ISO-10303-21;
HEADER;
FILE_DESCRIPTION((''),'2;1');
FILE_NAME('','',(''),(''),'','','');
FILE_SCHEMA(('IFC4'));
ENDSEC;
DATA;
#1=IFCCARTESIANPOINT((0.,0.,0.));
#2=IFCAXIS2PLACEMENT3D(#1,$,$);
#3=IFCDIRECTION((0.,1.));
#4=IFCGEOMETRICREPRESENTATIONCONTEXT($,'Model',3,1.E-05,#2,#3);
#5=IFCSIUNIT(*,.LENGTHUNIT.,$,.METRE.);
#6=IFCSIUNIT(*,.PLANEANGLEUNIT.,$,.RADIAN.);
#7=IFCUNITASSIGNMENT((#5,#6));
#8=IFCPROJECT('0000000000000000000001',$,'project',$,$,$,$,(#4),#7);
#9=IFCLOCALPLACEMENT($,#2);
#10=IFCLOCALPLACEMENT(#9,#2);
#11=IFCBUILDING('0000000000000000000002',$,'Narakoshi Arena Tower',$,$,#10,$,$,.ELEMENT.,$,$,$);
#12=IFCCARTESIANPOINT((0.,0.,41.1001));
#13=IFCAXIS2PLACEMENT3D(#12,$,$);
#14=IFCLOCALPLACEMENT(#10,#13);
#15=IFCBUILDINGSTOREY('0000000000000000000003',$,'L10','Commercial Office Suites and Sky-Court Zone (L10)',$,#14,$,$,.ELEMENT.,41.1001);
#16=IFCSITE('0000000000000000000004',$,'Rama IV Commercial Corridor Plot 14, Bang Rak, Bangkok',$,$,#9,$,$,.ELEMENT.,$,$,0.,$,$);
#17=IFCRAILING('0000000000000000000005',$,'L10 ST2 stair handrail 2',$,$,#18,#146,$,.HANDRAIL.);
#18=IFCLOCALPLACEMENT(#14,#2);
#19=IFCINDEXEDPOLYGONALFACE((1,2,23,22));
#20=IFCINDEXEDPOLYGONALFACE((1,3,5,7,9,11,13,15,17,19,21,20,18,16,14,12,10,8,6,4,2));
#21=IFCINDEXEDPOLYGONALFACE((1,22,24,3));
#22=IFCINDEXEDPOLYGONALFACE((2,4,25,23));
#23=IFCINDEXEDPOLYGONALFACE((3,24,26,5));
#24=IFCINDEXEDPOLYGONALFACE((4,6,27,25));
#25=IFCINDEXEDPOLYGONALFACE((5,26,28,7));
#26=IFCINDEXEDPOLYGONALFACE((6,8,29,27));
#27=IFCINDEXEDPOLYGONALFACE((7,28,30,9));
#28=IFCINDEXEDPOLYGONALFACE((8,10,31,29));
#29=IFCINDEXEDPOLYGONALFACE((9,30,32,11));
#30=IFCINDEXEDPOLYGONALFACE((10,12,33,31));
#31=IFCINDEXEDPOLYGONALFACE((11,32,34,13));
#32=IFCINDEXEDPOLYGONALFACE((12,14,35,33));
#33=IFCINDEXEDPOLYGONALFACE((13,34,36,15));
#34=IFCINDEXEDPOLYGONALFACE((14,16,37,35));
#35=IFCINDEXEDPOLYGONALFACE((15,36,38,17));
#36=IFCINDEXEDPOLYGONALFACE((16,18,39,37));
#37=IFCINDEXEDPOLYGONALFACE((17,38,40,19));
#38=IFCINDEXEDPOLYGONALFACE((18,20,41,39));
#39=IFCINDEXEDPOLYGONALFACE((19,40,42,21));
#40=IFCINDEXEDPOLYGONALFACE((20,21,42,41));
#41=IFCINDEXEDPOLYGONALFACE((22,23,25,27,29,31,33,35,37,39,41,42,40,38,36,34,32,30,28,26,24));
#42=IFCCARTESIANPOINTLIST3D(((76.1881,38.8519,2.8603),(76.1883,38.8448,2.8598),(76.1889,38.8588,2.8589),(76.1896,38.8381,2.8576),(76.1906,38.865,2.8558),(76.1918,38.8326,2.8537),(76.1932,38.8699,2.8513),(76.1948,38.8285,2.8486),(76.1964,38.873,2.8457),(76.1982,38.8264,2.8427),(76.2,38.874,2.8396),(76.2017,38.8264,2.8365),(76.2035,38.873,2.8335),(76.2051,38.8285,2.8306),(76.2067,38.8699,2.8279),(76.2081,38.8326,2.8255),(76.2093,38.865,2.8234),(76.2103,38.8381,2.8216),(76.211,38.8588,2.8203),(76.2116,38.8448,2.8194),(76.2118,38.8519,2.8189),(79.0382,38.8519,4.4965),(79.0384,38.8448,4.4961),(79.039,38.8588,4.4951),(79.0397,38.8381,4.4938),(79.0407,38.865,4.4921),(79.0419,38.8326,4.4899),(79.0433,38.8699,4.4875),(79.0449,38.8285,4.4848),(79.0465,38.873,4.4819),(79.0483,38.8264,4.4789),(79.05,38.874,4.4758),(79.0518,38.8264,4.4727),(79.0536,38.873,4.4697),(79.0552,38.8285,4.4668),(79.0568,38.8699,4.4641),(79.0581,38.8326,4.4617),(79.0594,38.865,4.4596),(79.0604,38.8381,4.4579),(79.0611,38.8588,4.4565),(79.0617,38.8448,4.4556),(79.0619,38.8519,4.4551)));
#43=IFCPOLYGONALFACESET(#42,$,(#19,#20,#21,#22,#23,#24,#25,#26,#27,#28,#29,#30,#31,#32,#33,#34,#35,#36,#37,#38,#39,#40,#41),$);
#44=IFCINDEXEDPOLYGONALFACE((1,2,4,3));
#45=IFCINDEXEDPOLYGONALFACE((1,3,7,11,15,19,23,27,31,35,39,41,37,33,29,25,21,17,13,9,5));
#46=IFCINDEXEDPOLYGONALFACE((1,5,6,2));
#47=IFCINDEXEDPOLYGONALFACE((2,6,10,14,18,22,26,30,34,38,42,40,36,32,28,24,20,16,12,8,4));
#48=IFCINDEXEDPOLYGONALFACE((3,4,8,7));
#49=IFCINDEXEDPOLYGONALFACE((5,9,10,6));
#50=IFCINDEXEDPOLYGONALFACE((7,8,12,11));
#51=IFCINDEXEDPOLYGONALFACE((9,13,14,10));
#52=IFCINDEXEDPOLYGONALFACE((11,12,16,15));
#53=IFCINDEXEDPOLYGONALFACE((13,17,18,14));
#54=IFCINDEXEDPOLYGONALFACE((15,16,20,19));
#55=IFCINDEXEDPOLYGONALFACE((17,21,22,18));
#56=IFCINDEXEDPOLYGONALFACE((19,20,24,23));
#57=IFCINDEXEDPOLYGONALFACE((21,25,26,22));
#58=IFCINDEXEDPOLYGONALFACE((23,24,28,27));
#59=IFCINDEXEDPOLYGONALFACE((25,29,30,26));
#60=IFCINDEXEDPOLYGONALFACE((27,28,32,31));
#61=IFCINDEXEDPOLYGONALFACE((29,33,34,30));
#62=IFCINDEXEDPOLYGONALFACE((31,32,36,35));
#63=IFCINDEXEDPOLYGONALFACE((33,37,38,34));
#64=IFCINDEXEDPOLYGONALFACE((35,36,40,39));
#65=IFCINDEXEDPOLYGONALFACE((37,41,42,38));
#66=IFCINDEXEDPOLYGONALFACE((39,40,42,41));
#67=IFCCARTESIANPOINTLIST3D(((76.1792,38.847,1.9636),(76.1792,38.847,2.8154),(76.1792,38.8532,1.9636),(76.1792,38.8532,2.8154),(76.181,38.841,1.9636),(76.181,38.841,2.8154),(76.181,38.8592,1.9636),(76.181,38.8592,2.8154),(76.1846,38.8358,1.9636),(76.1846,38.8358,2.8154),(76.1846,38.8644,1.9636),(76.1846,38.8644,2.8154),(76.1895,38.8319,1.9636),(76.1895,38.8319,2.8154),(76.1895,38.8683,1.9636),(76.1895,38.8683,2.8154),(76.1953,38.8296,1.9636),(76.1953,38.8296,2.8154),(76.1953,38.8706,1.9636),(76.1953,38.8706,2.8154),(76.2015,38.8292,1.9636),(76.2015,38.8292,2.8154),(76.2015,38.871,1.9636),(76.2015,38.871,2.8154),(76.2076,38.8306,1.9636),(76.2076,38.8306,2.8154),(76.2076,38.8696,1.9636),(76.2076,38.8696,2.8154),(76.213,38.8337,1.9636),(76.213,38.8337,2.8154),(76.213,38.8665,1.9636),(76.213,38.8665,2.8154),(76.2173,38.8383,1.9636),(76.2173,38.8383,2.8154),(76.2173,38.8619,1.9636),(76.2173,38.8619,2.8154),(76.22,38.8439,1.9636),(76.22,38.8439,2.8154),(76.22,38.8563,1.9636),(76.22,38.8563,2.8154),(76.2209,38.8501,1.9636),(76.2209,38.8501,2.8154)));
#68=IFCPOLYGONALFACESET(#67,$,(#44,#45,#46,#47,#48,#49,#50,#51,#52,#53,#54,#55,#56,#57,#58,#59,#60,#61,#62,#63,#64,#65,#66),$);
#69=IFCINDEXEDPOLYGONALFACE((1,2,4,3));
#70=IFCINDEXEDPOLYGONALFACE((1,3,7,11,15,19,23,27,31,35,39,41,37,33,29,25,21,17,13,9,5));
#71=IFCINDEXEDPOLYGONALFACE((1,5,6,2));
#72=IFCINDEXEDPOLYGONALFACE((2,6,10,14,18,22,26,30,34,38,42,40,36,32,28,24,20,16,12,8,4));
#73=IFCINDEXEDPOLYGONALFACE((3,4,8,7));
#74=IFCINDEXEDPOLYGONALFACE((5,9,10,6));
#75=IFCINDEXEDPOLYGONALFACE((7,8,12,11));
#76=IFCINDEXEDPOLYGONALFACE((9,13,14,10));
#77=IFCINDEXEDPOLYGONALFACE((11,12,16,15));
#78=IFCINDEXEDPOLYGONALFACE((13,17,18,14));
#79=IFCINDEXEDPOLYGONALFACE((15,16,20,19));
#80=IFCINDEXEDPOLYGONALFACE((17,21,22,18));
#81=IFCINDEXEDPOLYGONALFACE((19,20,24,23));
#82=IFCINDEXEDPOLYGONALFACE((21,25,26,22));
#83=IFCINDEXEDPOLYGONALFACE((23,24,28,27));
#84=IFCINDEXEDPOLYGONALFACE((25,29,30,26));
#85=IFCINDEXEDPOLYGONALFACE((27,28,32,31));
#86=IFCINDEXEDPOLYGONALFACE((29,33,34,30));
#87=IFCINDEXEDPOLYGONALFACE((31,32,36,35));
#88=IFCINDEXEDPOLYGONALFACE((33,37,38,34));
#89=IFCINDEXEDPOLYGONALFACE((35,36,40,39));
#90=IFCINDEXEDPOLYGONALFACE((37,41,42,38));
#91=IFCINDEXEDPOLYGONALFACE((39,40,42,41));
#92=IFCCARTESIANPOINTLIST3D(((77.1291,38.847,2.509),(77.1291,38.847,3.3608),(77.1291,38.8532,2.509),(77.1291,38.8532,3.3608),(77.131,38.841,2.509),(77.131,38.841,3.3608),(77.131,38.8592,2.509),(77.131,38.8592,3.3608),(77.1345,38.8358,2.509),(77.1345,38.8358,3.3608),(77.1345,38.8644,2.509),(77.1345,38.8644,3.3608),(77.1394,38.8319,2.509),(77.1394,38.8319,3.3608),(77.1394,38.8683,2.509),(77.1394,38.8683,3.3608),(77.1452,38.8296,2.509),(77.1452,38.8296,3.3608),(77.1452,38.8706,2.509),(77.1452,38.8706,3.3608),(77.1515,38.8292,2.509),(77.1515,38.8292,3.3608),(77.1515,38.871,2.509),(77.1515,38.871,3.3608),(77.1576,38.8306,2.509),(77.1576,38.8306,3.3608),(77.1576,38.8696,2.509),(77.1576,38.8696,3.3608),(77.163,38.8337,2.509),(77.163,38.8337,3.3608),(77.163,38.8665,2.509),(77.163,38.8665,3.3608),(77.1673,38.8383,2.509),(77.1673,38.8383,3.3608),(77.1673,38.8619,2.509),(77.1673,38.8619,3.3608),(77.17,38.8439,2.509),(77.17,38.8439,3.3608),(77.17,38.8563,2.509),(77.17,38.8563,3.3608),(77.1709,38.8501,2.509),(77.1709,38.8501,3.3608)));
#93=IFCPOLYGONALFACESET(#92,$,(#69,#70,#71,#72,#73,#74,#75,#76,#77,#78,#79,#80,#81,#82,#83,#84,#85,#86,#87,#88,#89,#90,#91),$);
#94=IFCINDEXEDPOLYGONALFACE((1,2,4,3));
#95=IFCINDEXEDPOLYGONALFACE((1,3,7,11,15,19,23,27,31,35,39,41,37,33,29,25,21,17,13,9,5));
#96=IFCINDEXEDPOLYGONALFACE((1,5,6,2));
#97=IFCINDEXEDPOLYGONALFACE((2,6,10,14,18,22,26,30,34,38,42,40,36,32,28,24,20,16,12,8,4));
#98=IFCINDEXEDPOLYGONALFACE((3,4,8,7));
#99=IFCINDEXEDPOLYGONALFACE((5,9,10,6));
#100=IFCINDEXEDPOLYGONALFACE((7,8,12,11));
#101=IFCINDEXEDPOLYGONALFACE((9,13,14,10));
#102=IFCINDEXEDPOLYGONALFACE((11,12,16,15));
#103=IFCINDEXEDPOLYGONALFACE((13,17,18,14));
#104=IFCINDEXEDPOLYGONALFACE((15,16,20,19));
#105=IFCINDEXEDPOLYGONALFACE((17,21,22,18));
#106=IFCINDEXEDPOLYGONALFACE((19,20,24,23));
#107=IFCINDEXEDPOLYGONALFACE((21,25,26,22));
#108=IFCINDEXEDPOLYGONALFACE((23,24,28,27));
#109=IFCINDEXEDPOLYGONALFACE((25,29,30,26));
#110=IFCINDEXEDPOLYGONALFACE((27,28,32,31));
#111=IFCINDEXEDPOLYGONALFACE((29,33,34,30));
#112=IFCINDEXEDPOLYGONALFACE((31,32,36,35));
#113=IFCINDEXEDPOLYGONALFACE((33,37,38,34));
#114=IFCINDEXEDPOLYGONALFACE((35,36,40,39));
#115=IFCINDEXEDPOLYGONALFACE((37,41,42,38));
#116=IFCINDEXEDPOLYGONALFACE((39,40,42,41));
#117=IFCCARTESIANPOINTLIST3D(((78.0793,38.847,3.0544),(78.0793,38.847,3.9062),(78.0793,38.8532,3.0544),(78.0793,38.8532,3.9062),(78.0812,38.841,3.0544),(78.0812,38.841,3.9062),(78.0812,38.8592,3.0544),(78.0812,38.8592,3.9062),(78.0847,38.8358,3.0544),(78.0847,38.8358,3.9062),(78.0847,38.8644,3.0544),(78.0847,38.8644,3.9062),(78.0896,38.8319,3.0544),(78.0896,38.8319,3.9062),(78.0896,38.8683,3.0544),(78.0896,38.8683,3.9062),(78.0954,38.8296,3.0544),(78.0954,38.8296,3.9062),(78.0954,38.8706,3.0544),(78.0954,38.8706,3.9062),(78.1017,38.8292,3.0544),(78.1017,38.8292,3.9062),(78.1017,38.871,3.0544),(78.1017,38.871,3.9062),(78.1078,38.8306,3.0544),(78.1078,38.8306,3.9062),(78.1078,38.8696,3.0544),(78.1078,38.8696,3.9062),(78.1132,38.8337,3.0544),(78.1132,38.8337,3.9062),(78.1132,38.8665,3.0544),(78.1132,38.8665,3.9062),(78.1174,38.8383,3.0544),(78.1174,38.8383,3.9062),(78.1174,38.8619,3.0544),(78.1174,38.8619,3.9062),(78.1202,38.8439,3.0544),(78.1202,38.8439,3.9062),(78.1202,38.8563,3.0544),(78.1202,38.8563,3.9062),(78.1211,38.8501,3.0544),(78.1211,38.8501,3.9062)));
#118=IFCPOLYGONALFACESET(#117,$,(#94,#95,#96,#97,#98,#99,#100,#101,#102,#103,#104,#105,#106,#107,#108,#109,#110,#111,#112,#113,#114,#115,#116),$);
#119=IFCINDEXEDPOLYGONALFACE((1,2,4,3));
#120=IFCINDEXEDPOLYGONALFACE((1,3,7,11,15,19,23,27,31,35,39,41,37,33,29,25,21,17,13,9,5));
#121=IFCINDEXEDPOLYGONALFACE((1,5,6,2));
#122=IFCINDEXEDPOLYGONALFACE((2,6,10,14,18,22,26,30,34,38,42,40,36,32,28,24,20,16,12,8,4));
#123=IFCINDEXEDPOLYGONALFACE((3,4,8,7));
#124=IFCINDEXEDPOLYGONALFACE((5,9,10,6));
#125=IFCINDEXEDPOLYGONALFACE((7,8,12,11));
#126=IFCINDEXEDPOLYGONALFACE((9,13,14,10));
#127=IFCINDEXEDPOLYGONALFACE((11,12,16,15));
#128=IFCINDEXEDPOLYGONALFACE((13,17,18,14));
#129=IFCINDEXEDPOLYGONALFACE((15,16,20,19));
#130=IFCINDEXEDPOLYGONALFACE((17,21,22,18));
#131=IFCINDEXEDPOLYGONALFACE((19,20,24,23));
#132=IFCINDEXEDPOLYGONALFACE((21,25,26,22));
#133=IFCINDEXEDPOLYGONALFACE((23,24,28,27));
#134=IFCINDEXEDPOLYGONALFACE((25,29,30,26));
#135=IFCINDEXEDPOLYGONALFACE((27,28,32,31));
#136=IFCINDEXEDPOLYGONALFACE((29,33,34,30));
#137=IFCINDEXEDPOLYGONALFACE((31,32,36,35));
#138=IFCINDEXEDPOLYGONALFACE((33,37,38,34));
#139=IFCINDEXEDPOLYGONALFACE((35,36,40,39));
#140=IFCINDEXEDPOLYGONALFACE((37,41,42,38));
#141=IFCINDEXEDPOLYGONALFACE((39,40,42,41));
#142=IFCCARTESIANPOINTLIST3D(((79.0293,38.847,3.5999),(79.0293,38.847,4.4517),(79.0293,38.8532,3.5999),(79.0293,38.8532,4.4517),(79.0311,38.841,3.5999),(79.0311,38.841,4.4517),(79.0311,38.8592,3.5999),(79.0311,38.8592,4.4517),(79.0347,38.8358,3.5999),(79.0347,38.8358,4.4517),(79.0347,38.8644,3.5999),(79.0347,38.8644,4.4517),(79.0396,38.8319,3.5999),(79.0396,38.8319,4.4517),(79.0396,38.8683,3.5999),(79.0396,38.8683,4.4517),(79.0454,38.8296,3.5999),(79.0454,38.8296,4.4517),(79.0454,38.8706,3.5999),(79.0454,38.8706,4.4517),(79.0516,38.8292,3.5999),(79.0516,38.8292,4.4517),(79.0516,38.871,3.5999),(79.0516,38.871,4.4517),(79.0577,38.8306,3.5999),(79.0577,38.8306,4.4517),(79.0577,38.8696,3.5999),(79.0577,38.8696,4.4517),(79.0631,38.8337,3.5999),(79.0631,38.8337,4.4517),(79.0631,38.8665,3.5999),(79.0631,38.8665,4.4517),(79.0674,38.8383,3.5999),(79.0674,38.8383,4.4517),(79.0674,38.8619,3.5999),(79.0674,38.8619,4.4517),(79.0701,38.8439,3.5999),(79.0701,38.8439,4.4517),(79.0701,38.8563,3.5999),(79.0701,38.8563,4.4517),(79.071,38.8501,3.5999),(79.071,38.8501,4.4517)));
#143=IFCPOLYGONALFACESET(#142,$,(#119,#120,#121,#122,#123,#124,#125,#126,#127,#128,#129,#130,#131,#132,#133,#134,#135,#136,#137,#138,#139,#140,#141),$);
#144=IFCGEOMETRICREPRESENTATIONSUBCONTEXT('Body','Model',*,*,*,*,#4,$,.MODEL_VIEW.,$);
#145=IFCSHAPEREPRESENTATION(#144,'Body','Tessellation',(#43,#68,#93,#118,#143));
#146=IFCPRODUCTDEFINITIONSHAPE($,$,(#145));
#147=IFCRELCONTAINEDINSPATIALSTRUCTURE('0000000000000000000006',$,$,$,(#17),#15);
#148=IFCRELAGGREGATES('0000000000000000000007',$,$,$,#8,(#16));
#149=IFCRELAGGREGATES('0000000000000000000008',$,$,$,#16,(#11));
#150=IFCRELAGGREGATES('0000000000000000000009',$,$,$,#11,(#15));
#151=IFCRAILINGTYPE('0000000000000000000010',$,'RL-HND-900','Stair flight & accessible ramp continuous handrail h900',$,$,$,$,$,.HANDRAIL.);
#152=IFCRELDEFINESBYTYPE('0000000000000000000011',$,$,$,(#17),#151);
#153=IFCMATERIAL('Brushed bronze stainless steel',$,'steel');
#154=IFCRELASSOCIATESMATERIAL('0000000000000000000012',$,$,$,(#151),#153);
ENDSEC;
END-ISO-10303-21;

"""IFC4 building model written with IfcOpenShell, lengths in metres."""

from ifc_helpers import new_model, si_unit, direction, frame, origin, origin_2d, place, context, subcontext, project, spatial, circle, extrude, material, type_object, element, save


model = new_model("IFC4")

# Units and contexts
model_context = context("Model", 3, precision=1e-05, world=origin(), true_north=direction((0.0, 1.0)))
body_context = subcontext(model_context, "Body", "Model", "MODEL_VIEW")
ifc_project = project(units=[si_unit("LENGTHUNIT", "METRE"), si_unit("PLANEANGLEUNIT", "RADIAN")], contexts=[model_context])

# Site, building, storey
site_placement = place(None, origin())
site = spatial("IfcSite", under=ifc_project, at=site_placement, Name="Rama IV Commercial Corridor Plot 14, Bang Rak, Bangkok", CompositionType="ELEMENT", RefElevation=0.0)
building_placement = place(site_placement, origin())
building = spatial("IfcBuilding", under=site, at=building_placement, Name="Narakoshi Arena Tower", CompositionType="ELEMENT")
storey_placement = place(building_placement, frame((0.0, 0.0, 41.1001)))
storey = spatial("IfcBuildingStorey", under=building, at=storey_placement, Name="L10", Description="Commercial Office Suites and Sky-Court Zone (L10)", CompositionType="ELEMENT", Elevation=41.1001)

# Shared definitions
ifc_material_1 = material(Name="Brushed bronze stainless steel", Category="steel")

# Railing
railing_type_1 = type_object("IfcRailingType", Name="RL-HND-900", Description="Stair flight & accessible ramp continuous handrail h900", PredefinedType="HANDRAIL", material=ifc_material_1)
for number, where, name in (
    (1, (76.2, 38.8501, 1.9636), "L10 ST2 stair handrail 2"),
):
    element("IfcRailing", number, at=place(storey_placement, frame(where)), inside=storey, type_object=railing_type_1, Name=name, PredefinedType="HANDRAIL", context=body_context, shape_type="SweptSolid", body=[
        extrude(circle(Radius=0.0239, at=origin_2d()), frame((0.0, 0.0, 0.876), z_axis=(0.867245, 0.0, 0.497882), x_axis=(0.0, 1.0, 0.0)), (0.0, 0.0, 1.0), 3.2864),
        extrude(circle(Radius=0.021, at=origin_2d()), origin(), (0.0, 0.0, 1.0), 0.8518),
        extrude(circle(Radius=0.021, at=origin_2d()), frame((0.95, 0.0, 0.5454)), (0.0, 0.0, 1.0), 0.8518),
        extrude(circle(Radius=0.021, at=origin_2d()), frame((1.9001, 0.0, 1.0908)), (0.0, 0.0, 1.0), 0.8518),
        extrude(circle(Radius=0.021, at=origin_2d()), frame((2.8501, 0.0, 1.6362)), (0.0, 0.0, 1.0), 0.8518),
    ])

save(model, "model.ifc")
